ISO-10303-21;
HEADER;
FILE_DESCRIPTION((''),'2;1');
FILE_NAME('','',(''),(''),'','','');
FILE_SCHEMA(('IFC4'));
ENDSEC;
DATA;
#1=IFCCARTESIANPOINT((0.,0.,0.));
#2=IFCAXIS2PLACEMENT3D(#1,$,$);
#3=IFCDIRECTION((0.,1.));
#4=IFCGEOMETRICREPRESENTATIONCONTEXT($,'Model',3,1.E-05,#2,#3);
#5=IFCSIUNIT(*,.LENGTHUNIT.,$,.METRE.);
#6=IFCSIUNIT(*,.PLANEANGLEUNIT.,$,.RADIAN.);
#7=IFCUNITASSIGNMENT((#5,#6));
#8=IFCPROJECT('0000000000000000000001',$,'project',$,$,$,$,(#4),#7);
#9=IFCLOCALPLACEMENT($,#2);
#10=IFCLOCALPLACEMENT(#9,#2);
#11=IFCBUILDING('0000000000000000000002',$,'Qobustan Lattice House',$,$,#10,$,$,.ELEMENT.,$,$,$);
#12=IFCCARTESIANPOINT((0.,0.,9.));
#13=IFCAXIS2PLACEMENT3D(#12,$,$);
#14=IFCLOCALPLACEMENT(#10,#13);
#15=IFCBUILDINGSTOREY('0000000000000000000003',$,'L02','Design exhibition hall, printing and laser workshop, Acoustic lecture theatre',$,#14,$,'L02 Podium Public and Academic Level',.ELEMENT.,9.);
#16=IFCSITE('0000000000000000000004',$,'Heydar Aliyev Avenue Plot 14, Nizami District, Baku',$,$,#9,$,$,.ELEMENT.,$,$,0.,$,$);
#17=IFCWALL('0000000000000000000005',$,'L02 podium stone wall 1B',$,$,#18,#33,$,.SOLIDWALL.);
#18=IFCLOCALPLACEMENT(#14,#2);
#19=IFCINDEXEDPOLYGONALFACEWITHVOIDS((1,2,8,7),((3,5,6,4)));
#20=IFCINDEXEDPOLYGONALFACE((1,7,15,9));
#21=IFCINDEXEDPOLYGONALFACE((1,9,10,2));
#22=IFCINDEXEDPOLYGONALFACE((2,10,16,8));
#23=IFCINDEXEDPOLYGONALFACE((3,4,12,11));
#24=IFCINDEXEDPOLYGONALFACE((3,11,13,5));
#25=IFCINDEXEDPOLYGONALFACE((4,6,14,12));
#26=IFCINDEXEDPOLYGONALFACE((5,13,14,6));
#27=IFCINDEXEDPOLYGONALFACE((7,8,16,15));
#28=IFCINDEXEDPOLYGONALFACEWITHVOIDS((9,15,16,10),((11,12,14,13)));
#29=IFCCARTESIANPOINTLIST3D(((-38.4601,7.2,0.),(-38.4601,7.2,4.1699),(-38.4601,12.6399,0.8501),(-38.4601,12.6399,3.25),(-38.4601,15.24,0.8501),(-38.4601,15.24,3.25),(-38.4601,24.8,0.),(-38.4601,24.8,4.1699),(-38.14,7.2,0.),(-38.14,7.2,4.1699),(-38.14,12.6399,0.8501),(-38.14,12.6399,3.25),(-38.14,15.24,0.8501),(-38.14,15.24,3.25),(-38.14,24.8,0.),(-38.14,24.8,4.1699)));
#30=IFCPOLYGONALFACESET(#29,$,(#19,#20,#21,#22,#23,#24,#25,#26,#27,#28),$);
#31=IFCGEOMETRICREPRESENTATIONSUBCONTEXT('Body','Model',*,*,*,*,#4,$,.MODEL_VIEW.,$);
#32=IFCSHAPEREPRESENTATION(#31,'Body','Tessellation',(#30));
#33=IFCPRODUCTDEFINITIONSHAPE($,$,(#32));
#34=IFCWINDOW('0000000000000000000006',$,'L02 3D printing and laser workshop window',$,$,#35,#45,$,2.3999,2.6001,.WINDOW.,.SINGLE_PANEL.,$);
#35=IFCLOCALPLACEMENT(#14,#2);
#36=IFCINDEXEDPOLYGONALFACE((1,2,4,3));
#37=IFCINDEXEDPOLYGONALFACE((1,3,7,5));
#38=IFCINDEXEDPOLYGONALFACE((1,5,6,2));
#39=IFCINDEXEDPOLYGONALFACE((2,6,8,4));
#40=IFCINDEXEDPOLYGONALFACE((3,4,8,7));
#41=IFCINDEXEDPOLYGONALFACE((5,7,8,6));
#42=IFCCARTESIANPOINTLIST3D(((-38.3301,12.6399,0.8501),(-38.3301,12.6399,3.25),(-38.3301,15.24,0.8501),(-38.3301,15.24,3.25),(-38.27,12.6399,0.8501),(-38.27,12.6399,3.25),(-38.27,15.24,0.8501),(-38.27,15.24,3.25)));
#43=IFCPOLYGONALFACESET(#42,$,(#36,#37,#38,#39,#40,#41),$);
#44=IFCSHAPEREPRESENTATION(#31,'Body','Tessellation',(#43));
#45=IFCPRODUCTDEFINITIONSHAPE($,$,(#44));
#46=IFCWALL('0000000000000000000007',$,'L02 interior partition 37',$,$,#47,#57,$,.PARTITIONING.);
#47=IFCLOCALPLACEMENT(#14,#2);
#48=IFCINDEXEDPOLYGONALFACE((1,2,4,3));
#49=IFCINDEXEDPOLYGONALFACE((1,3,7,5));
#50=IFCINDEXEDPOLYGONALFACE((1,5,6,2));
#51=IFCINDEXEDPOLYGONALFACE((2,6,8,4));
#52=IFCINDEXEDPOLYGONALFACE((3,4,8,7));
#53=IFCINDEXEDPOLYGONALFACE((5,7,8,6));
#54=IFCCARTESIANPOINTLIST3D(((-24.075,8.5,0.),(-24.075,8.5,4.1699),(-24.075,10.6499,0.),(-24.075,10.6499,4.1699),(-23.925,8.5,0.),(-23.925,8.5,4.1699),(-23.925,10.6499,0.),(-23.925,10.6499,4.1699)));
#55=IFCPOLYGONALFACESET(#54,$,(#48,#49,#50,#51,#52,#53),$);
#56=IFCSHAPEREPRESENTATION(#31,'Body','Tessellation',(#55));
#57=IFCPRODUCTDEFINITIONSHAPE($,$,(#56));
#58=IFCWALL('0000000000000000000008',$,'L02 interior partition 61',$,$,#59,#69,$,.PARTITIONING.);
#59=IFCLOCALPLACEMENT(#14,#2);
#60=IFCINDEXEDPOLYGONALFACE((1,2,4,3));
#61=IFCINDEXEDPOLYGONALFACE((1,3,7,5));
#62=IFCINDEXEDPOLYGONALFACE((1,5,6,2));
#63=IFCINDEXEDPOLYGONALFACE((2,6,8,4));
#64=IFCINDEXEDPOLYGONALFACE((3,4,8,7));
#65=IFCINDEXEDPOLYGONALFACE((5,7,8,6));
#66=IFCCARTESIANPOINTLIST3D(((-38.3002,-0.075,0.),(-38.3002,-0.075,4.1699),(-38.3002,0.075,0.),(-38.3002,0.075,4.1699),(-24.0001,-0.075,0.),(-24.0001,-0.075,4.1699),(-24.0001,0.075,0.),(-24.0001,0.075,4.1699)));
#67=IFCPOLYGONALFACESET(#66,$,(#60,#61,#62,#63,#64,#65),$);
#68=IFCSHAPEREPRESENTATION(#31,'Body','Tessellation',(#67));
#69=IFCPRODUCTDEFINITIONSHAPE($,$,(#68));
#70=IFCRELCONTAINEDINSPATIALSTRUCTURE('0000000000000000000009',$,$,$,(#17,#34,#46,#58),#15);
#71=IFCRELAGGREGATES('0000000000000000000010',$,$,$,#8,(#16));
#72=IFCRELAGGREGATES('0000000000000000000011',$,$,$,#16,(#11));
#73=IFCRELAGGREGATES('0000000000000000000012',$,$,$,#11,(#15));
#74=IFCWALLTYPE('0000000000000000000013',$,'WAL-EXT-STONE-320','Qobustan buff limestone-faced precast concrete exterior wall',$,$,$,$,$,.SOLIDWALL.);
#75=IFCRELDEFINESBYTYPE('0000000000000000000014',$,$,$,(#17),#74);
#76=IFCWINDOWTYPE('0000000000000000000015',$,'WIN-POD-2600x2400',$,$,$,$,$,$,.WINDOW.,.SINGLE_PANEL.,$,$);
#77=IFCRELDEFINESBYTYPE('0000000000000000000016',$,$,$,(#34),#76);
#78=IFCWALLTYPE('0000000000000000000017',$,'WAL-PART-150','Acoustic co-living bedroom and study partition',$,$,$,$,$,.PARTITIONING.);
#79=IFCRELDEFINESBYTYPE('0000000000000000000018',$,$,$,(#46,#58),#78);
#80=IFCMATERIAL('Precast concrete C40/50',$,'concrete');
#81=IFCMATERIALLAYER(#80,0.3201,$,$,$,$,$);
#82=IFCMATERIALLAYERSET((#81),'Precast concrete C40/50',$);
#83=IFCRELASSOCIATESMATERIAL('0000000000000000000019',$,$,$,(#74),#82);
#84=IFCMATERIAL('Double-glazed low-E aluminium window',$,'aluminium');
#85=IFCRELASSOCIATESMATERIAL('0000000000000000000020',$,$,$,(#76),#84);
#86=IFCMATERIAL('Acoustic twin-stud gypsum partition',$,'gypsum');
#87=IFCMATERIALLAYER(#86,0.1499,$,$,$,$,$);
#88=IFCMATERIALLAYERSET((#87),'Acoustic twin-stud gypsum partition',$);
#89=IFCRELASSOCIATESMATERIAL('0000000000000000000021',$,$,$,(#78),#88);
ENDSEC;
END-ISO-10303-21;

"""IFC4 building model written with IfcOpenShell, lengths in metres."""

from ifc_helpers import new_model, si_unit, direction, frame, frame_2d, origin, place, context, subcontext, project, spatial, rectangle, extrude, material, layer, layer_set, type_object, element, fill, save


model = new_model("IFC4")

# Units and contexts
model_context = context("Model", 3, precision=1e-05, world=origin(), true_north=direction((0.0, 1.0)))
body_context = subcontext(model_context, "Body", "Model", "MODEL_VIEW")
ifc_project = project(units=[si_unit("LENGTHUNIT", "METRE"), si_unit("PLANEANGLEUNIT", "RADIAN")], contexts=[model_context])

# Site, building, storey
site_placement = place(None, origin())
site = spatial("IfcSite", under=ifc_project, at=site_placement, Name="Heydar Aliyev Avenue Plot 14, Nizami District, Baku", CompositionType="ELEMENT", RefElevation=0.0)
building_placement = place(site_placement, origin())
building = spatial("IfcBuilding", under=site, at=building_placement, Name="Qobustan Lattice House", CompositionType="ELEMENT")
storey_placement = place(building_placement, frame((0.0, 0.0, 9.0)))
storey = spatial("IfcBuildingStorey", under=building, at=storey_placement, Name="L02", Description="Design exhibition hall, printing and laser workshop, Acoustic lecture theatre", LongName="L02 Podium Public and Academic Level", CompositionType="ELEMENT", Elevation=9.0)

# Wall, opening, window
ifc_material_1 = material(Name="Precast concrete C40/50", Category="concrete")
ifc_layer_1 = layer(ifc_material_1, 0.3201)
ifc_layer_set_1 = layer_set([ifc_layer_1], Name="Precast concrete C40/50")
wall_type_1 = type_object("IfcWallType", Name="WAL-EXT-STONE-320", Description="Qobustan buff limestone-faced precast concrete exterior wall", PredefinedType="SOLIDWALL", material=ifc_layer_set_1)
wall_1_placement = place(storey_placement, frame((-38.3, 7.2, 0.0), z_axis=(0.0, 0.0, 1.0), x_axis=(0.0, 1.0, 0.0)))
wall_1 = element("IfcWall", 1, at=wall_1_placement, inside=storey, type_object=wall_type_1, Name="L02 podium stone wall 1B", PredefinedType="SOLIDWALL", context=body_context, shape_type="SweptSolid", body=[
    extrude(rectangle(XDim=17.6001, YDim=0.3201, at=frame_2d((8.8, 0.0))), origin(), (0.0, 0.0, 1.0), 4.1699),
])
opening_placement = place(wall_1_placement, frame((5.4399, 0.0, 0.8501)))
opening = element("IfcOpeningElement", 2, at=opening_placement, cuts=wall_1, PredefinedType="OPENING", context=body_context, shape_type="SweptSolid", body=[
    extrude(rectangle(XDim=2.6001, YDim=2.3999, at=frame_2d((1.3, 1.2))), frame((0.0, 0.1699, 0.0), z_axis=(0.0, -1.0, 0.0), x_axis=(1.0, 0.0, 0.0)), (0.0, 0.0, 1.0), 0.3401),
])
ifc_material_2 = material(Name="Double-glazed low-E aluminium window", Category="aluminium")
window_type = type_object("IfcWindowType", Name="WIN-POD-2600x2400", PartitioningType="SINGLE_PANEL", PredefinedType="WINDOW", material=ifc_material_2)
window_placement = place(opening_placement, origin())
window = element("IfcWindow", 3, at=window_placement, inside=storey, type_object=window_type, Name="L02 3D printing and laser workshop window", OverallHeight=2.3999, OverallWidth=2.6001, PartitioningType="SINGLE_PANEL", PredefinedType="WINDOW", context=body_context, shape_type="SweptSolid", body=[
    extrude(rectangle(XDim=2.6001, YDim=2.3999, at=frame_2d((1.3, 1.2))), frame((0.0, 0.03, 0.0), z_axis=(0.0, -1.0, 0.0), x_axis=(1.0, 0.0, 0.0)), (0.0, 0.0, 1.0), 0.0601),
])
fill(opening, window)

# Walls
ifc_material_3 = material(Name="Acoustic twin-stud gypsum partition", Category="gypsum")
ifc_layer_2 = layer(ifc_material_3, 0.1499)
ifc_layer_set_2 = layer_set([ifc_layer_2], Name="Acoustic twin-stud gypsum partition")
wall_type_2 = type_object("IfcWallType", Name="WAL-PART-150", Description="Acoustic co-living bedroom and study partition", PredefinedType="PARTITIONING", material=ifc_layer_set_2)
wall_2_placement = place(storey_placement, frame((-24.0, 8.5, 0.0), z_axis=(0.0, 0.0, 1.0), x_axis=(0.0, 1.0, 0.0)))
element("IfcWall", 4, at=wall_2_placement, inside=storey, type_object=wall_type_2, Name="L02 interior partition 37", PredefinedType="PARTITIONING", context=body_context, shape_type="SweptSolid", body=[
    extrude(rectangle(XDim=2.1499, YDim=0.1499, at=frame_2d((1.075, 0.0))), origin(), (0.0, 0.0, 1.0), 4.1699),
])
wall_3_placement = place(storey_placement, frame((-38.3, 0.0, 0.0), z_axis=(0.0, 0.0, 1.0), x_axis=(1.0, 0.0, 0.0)))
element("IfcWall", 5, at=wall_3_placement, inside=storey, type_object=wall_type_2, Name="L02 interior partition 61", PredefinedType="PARTITIONING", context=body_context, shape_type="SweptSolid", body=[
    extrude(rectangle(XDim=14.3, YDim=0.1499, at=frame_2d((7.1499, 0.0))), origin(), (0.0, 0.0, 1.0), 4.1699),
])

save(model, "model.ifc")
